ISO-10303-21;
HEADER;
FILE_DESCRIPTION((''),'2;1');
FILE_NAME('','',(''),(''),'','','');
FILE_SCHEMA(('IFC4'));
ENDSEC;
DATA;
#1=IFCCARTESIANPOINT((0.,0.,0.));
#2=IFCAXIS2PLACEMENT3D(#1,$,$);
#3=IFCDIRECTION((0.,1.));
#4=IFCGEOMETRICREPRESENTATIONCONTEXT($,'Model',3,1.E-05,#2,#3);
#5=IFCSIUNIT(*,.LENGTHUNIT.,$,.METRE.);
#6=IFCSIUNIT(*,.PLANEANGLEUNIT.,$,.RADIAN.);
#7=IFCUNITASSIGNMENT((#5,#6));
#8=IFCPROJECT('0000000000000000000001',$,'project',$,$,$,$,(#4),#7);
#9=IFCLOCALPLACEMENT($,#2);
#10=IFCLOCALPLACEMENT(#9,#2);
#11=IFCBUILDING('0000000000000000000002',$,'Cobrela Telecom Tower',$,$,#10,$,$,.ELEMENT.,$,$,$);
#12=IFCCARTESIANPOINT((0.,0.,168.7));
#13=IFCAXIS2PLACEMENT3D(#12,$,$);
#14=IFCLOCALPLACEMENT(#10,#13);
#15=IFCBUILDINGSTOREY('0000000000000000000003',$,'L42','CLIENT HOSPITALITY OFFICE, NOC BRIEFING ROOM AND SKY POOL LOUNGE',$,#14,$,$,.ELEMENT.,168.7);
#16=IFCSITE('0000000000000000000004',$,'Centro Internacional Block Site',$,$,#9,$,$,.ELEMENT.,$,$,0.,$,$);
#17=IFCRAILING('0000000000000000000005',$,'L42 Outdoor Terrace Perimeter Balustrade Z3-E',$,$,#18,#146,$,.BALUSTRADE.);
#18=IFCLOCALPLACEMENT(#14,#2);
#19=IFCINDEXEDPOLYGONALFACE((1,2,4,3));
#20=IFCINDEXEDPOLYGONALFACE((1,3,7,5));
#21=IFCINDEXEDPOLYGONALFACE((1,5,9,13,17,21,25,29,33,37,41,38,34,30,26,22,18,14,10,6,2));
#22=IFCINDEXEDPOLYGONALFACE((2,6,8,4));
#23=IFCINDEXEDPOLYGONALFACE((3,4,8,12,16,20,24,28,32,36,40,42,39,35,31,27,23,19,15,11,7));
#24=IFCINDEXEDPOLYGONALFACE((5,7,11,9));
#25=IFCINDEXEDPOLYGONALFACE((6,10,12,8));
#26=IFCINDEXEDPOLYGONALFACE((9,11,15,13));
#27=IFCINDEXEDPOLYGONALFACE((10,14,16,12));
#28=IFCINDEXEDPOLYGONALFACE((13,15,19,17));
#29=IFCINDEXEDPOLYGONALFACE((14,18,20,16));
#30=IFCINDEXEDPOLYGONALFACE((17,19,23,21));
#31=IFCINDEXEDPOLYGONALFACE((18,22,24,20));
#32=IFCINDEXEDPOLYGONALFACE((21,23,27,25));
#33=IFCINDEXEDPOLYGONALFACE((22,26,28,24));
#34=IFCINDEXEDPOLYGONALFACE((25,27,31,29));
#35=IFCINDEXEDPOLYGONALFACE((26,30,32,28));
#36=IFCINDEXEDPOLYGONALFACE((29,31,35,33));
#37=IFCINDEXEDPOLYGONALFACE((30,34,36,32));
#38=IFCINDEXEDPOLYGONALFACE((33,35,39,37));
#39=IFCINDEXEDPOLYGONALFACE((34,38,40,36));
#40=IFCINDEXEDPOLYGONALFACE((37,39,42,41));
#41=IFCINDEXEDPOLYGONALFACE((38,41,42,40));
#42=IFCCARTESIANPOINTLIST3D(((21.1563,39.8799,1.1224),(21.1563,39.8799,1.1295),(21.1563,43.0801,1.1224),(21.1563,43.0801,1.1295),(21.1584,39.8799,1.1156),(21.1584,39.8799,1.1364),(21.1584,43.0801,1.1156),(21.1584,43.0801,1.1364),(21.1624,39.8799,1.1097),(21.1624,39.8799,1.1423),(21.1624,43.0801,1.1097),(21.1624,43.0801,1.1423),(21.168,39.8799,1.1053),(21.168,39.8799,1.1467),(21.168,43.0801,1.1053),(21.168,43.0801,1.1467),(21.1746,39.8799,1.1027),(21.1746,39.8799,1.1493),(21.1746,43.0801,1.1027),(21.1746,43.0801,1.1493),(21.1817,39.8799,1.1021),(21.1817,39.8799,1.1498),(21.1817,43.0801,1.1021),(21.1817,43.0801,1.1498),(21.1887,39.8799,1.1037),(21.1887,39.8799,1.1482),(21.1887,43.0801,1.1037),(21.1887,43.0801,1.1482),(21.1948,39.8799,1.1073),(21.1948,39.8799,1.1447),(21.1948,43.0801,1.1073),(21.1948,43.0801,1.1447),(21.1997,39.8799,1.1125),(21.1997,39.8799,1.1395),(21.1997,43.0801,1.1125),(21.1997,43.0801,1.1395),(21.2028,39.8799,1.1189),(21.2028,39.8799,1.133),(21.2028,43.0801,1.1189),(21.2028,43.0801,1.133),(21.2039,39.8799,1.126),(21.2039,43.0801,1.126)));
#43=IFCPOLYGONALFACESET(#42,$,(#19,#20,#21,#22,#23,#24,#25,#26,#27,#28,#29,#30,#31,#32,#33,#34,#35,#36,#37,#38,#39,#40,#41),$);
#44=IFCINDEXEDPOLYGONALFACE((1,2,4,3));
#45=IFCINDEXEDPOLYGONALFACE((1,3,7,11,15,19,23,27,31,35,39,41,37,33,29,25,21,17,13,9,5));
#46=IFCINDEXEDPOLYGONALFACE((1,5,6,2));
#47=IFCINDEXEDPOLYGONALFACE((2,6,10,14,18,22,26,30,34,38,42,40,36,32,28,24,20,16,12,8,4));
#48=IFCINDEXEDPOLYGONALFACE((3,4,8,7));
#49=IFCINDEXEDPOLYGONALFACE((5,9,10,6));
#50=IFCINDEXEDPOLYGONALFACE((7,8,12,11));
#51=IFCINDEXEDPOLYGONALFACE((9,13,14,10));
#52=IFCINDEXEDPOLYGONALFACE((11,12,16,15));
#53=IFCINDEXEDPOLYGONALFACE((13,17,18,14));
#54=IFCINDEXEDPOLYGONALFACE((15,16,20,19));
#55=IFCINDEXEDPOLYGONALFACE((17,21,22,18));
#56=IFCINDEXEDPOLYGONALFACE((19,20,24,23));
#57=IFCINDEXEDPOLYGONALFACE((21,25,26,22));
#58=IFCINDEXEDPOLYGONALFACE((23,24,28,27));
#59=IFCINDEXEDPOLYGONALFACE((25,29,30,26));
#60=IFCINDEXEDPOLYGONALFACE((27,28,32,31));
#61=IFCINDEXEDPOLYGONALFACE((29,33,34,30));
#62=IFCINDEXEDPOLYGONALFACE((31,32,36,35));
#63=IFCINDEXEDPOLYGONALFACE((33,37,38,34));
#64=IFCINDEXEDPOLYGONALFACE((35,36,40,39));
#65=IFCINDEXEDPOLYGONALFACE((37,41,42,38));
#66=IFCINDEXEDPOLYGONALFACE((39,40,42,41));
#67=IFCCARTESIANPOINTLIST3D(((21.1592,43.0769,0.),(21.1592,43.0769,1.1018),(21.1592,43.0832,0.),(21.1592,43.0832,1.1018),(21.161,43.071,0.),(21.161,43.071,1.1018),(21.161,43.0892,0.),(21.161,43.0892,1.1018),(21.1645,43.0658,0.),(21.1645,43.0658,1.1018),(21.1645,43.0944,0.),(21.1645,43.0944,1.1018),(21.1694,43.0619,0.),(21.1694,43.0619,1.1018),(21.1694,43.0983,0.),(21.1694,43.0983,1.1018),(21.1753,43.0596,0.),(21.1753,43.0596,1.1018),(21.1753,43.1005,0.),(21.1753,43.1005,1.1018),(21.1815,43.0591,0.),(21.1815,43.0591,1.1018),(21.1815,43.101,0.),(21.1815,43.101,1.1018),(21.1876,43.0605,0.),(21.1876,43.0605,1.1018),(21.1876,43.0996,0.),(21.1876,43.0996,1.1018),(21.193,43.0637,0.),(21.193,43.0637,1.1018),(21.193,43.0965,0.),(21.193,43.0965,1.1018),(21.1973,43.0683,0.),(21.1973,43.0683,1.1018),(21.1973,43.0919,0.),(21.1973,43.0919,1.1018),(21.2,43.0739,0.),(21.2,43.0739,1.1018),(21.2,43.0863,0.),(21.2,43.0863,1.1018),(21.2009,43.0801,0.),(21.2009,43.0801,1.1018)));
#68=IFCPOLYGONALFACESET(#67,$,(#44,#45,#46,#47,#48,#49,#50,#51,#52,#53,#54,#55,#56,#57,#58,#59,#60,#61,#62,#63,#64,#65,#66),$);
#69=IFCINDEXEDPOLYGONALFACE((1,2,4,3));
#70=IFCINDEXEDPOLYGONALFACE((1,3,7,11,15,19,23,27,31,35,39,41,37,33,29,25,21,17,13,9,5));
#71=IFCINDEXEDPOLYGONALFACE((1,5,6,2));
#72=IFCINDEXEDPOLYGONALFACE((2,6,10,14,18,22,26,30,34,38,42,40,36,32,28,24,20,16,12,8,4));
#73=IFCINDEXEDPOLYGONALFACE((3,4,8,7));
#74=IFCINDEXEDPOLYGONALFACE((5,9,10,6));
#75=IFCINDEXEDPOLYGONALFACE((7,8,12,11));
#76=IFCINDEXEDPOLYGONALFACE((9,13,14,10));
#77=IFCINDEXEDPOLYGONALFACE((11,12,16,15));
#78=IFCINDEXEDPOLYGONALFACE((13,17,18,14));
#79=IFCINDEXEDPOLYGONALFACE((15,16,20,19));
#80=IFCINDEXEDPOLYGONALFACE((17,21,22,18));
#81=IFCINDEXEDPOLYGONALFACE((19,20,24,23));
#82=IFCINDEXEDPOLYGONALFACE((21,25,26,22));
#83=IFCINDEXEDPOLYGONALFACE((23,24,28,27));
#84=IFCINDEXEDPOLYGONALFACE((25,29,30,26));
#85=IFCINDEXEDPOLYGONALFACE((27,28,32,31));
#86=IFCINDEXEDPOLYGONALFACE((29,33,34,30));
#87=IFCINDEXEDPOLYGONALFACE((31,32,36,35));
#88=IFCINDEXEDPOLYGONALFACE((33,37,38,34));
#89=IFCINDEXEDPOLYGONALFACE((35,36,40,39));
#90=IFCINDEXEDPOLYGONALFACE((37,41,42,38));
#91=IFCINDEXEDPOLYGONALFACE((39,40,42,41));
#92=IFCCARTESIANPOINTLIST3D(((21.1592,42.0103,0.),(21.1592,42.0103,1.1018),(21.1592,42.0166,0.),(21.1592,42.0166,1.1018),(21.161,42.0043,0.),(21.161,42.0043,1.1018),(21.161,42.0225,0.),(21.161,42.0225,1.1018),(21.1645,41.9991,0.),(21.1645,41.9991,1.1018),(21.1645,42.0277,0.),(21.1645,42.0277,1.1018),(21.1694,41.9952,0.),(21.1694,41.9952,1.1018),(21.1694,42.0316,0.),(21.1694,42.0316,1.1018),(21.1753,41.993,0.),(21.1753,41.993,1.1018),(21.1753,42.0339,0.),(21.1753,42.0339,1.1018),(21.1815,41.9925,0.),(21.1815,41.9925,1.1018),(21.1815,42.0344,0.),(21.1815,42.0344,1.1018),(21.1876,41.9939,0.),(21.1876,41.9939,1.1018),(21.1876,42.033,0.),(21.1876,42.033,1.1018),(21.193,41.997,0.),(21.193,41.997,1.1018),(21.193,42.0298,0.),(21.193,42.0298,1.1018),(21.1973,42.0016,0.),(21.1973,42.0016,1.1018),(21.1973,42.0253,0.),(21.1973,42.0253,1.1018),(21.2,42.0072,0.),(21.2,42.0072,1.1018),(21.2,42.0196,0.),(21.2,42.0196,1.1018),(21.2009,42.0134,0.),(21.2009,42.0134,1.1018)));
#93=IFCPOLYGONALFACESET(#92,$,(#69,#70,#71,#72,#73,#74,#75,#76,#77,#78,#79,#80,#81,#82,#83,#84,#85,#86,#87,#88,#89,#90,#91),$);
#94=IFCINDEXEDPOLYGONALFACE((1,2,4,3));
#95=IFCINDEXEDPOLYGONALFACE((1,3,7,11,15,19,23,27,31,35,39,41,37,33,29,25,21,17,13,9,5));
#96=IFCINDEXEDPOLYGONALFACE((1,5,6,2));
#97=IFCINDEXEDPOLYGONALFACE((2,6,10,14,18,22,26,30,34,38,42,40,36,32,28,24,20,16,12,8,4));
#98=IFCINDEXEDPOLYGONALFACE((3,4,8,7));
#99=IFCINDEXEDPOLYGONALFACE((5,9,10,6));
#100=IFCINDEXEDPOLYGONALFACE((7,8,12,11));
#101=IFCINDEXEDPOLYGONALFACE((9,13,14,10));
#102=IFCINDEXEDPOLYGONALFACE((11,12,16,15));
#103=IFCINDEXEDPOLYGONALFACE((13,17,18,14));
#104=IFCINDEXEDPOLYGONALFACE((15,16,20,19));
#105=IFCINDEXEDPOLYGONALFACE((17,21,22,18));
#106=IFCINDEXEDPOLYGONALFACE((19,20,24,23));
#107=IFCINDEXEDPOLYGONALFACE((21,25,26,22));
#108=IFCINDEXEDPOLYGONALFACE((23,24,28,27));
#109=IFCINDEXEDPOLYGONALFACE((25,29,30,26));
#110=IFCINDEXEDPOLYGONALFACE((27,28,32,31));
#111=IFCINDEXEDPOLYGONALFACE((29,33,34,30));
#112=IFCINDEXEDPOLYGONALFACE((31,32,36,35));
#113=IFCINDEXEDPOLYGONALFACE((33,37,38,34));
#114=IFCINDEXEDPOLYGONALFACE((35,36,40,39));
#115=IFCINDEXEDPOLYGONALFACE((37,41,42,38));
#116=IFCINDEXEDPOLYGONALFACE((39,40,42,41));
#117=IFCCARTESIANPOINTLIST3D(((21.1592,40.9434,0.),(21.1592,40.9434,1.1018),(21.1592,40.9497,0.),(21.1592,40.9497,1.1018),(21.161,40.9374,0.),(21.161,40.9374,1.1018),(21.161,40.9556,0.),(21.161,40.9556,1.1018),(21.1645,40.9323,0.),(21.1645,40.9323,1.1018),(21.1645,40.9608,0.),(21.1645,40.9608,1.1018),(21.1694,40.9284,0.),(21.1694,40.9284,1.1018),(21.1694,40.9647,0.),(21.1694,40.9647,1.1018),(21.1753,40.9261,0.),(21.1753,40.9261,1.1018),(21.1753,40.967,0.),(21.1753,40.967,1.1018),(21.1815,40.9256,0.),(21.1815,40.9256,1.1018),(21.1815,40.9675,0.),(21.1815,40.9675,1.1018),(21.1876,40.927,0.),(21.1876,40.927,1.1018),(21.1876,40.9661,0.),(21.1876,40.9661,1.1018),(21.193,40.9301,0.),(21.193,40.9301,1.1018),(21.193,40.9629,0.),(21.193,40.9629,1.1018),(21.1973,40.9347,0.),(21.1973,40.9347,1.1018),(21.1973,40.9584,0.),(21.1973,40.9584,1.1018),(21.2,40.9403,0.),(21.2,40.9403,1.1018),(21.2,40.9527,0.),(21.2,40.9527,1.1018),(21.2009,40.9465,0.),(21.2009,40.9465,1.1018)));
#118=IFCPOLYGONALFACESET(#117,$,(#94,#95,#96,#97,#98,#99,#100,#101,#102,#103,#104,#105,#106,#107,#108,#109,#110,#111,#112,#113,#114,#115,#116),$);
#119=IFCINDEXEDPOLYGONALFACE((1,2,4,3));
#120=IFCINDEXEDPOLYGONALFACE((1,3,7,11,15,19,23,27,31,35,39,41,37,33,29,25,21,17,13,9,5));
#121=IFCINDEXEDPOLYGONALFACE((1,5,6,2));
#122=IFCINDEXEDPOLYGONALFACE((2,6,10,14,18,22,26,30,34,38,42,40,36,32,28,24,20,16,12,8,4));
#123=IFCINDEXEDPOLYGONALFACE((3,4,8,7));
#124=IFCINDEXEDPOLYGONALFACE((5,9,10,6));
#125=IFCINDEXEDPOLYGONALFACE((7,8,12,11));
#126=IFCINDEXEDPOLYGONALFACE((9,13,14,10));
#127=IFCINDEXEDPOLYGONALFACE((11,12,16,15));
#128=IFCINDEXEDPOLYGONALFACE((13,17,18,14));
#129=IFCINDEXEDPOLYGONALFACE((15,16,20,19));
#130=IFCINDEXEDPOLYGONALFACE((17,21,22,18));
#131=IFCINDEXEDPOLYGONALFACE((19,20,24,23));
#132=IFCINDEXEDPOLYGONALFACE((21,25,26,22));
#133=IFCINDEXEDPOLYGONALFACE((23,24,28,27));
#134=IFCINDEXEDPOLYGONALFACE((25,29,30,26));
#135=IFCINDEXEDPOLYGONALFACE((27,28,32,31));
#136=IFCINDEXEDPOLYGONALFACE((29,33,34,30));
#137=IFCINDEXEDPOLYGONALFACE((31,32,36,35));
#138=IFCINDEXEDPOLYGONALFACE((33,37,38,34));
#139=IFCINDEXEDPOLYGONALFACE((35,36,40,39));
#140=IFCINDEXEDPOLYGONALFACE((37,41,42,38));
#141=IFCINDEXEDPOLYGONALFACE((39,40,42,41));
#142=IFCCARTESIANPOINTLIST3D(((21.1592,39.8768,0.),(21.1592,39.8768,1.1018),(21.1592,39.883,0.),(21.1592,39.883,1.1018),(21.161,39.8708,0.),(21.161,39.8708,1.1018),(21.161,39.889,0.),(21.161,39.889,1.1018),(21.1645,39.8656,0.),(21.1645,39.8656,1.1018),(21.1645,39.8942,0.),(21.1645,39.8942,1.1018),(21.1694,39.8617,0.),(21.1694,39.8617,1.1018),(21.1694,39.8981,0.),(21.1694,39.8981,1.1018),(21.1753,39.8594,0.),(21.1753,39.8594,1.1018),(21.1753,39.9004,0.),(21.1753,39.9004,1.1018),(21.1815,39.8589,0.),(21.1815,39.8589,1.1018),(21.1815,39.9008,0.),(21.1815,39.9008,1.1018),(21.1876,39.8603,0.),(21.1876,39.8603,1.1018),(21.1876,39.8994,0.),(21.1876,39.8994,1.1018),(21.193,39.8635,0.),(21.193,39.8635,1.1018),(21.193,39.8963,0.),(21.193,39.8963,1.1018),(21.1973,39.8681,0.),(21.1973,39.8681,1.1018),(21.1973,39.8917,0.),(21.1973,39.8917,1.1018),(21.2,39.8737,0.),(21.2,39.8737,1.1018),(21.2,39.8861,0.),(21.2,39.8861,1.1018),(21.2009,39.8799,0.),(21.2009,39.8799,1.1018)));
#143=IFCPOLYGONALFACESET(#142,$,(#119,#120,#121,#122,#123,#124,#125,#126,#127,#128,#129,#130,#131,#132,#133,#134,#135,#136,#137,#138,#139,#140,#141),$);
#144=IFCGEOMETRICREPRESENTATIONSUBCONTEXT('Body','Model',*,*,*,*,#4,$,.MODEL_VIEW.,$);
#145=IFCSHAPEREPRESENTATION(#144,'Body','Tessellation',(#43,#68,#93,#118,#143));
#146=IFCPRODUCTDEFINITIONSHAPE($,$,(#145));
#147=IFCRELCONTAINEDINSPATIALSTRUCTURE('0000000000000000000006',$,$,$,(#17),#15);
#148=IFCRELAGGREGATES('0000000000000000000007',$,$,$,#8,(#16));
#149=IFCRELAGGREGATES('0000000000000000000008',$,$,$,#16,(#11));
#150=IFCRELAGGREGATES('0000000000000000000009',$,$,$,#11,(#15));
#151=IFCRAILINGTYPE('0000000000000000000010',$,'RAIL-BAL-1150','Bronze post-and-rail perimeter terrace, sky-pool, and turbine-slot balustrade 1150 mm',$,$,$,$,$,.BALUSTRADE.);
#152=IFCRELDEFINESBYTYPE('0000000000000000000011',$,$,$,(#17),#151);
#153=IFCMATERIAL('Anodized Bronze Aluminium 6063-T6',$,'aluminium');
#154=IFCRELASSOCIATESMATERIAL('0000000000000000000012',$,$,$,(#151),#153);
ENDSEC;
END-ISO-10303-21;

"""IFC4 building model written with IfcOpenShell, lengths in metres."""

from ifc_helpers import new_model, si_unit, direction, frame, origin, origin_2d, place, context, subcontext, project, spatial, circle, extrude, material, type_object, element, save


model = new_model("IFC4")

# Units and contexts
model_context = context("Model", 3, precision=1e-05, world=origin(), true_north=direction((0.0, 1.0)))
body_context = subcontext(model_context, "Body", "Model", "MODEL_VIEW")
ifc_project = project(units=[si_unit("LENGTHUNIT", "METRE"), si_unit("PLANEANGLEUNIT", "RADIAN")], contexts=[model_context])

# Site, building, storey
site_placement = place(None, origin())
site = spatial("IfcSite", under=ifc_project, at=site_placement, Name="Centro Internacional Block Site", CompositionType="ELEMENT", RefElevation=0.0)
building_placement = place(site_placement, origin())
building = spatial("IfcBuilding", under=site, at=building_placement, Name="Cobrela Telecom Tower", CompositionType="ELEMENT")
storey_placement = place(building_placement, frame((0.0, 0.0, 168.7)))
storey = spatial("IfcBuildingStorey", under=building, at=storey_placement, Name="L42", Description="CLIENT HOSPITALITY OFFICE, NOC BRIEFING ROOM AND SKY POOL LOUNGE", CompositionType="ELEMENT", Elevation=168.7)

# Railing
ifc_material_1 = material(Name="Anodized Bronze Aluminium 6063-T6", Category="aluminium")
railing_type = type_object("IfcRailingType", Name="RAIL-BAL-1150", Description="Bronze post-and-rail perimeter terrace, sky-pool, and turbine-slot balustrade 1150 mm", PredefinedType="BALUSTRADE", material=ifc_material_1)
railing_placement = place(storey_placement, frame((21.1799, 43.0801, 0.0)))
element("IfcRailing", 1, at=railing_placement, inside=storey, type_object=railing_type, Name="L42 Outdoor Terrace Perimeter Balustrade Z3-E", PredefinedType="BALUSTRADE", context=body_context, shape_type="SweptSolid", body=[
    extrude(circle(Radius=0.0239, at=origin_2d()), frame((0.0, 0.0, 1.126), z_axis=(0.0, -1.0, 0.0), x_axis=(1.0, 0.0, 0.0)), (0.0, 0.0, 1.0), 3.2002),
    extrude(circle(Radius=0.021, at=origin_2d()), origin(), (0.0, 0.0, 1.0), 1.1018),
    extrude(circle(Radius=0.021, at=origin_2d()), frame((0.0, -1.0667, 0.0)), (0.0, 0.0, 1.0), 1.1018),
    extrude(circle(Radius=0.021, at=origin_2d()), frame((0.0, -2.1335, 0.0)), (0.0, 0.0, 1.0), 1.1018),
    extrude(circle(Radius=0.021, at=origin_2d()), frame((0.0, -3.2002, 0.0)), (0.0, 0.0, 1.0), 1.1018),
])

save(model, "model.ifc")
